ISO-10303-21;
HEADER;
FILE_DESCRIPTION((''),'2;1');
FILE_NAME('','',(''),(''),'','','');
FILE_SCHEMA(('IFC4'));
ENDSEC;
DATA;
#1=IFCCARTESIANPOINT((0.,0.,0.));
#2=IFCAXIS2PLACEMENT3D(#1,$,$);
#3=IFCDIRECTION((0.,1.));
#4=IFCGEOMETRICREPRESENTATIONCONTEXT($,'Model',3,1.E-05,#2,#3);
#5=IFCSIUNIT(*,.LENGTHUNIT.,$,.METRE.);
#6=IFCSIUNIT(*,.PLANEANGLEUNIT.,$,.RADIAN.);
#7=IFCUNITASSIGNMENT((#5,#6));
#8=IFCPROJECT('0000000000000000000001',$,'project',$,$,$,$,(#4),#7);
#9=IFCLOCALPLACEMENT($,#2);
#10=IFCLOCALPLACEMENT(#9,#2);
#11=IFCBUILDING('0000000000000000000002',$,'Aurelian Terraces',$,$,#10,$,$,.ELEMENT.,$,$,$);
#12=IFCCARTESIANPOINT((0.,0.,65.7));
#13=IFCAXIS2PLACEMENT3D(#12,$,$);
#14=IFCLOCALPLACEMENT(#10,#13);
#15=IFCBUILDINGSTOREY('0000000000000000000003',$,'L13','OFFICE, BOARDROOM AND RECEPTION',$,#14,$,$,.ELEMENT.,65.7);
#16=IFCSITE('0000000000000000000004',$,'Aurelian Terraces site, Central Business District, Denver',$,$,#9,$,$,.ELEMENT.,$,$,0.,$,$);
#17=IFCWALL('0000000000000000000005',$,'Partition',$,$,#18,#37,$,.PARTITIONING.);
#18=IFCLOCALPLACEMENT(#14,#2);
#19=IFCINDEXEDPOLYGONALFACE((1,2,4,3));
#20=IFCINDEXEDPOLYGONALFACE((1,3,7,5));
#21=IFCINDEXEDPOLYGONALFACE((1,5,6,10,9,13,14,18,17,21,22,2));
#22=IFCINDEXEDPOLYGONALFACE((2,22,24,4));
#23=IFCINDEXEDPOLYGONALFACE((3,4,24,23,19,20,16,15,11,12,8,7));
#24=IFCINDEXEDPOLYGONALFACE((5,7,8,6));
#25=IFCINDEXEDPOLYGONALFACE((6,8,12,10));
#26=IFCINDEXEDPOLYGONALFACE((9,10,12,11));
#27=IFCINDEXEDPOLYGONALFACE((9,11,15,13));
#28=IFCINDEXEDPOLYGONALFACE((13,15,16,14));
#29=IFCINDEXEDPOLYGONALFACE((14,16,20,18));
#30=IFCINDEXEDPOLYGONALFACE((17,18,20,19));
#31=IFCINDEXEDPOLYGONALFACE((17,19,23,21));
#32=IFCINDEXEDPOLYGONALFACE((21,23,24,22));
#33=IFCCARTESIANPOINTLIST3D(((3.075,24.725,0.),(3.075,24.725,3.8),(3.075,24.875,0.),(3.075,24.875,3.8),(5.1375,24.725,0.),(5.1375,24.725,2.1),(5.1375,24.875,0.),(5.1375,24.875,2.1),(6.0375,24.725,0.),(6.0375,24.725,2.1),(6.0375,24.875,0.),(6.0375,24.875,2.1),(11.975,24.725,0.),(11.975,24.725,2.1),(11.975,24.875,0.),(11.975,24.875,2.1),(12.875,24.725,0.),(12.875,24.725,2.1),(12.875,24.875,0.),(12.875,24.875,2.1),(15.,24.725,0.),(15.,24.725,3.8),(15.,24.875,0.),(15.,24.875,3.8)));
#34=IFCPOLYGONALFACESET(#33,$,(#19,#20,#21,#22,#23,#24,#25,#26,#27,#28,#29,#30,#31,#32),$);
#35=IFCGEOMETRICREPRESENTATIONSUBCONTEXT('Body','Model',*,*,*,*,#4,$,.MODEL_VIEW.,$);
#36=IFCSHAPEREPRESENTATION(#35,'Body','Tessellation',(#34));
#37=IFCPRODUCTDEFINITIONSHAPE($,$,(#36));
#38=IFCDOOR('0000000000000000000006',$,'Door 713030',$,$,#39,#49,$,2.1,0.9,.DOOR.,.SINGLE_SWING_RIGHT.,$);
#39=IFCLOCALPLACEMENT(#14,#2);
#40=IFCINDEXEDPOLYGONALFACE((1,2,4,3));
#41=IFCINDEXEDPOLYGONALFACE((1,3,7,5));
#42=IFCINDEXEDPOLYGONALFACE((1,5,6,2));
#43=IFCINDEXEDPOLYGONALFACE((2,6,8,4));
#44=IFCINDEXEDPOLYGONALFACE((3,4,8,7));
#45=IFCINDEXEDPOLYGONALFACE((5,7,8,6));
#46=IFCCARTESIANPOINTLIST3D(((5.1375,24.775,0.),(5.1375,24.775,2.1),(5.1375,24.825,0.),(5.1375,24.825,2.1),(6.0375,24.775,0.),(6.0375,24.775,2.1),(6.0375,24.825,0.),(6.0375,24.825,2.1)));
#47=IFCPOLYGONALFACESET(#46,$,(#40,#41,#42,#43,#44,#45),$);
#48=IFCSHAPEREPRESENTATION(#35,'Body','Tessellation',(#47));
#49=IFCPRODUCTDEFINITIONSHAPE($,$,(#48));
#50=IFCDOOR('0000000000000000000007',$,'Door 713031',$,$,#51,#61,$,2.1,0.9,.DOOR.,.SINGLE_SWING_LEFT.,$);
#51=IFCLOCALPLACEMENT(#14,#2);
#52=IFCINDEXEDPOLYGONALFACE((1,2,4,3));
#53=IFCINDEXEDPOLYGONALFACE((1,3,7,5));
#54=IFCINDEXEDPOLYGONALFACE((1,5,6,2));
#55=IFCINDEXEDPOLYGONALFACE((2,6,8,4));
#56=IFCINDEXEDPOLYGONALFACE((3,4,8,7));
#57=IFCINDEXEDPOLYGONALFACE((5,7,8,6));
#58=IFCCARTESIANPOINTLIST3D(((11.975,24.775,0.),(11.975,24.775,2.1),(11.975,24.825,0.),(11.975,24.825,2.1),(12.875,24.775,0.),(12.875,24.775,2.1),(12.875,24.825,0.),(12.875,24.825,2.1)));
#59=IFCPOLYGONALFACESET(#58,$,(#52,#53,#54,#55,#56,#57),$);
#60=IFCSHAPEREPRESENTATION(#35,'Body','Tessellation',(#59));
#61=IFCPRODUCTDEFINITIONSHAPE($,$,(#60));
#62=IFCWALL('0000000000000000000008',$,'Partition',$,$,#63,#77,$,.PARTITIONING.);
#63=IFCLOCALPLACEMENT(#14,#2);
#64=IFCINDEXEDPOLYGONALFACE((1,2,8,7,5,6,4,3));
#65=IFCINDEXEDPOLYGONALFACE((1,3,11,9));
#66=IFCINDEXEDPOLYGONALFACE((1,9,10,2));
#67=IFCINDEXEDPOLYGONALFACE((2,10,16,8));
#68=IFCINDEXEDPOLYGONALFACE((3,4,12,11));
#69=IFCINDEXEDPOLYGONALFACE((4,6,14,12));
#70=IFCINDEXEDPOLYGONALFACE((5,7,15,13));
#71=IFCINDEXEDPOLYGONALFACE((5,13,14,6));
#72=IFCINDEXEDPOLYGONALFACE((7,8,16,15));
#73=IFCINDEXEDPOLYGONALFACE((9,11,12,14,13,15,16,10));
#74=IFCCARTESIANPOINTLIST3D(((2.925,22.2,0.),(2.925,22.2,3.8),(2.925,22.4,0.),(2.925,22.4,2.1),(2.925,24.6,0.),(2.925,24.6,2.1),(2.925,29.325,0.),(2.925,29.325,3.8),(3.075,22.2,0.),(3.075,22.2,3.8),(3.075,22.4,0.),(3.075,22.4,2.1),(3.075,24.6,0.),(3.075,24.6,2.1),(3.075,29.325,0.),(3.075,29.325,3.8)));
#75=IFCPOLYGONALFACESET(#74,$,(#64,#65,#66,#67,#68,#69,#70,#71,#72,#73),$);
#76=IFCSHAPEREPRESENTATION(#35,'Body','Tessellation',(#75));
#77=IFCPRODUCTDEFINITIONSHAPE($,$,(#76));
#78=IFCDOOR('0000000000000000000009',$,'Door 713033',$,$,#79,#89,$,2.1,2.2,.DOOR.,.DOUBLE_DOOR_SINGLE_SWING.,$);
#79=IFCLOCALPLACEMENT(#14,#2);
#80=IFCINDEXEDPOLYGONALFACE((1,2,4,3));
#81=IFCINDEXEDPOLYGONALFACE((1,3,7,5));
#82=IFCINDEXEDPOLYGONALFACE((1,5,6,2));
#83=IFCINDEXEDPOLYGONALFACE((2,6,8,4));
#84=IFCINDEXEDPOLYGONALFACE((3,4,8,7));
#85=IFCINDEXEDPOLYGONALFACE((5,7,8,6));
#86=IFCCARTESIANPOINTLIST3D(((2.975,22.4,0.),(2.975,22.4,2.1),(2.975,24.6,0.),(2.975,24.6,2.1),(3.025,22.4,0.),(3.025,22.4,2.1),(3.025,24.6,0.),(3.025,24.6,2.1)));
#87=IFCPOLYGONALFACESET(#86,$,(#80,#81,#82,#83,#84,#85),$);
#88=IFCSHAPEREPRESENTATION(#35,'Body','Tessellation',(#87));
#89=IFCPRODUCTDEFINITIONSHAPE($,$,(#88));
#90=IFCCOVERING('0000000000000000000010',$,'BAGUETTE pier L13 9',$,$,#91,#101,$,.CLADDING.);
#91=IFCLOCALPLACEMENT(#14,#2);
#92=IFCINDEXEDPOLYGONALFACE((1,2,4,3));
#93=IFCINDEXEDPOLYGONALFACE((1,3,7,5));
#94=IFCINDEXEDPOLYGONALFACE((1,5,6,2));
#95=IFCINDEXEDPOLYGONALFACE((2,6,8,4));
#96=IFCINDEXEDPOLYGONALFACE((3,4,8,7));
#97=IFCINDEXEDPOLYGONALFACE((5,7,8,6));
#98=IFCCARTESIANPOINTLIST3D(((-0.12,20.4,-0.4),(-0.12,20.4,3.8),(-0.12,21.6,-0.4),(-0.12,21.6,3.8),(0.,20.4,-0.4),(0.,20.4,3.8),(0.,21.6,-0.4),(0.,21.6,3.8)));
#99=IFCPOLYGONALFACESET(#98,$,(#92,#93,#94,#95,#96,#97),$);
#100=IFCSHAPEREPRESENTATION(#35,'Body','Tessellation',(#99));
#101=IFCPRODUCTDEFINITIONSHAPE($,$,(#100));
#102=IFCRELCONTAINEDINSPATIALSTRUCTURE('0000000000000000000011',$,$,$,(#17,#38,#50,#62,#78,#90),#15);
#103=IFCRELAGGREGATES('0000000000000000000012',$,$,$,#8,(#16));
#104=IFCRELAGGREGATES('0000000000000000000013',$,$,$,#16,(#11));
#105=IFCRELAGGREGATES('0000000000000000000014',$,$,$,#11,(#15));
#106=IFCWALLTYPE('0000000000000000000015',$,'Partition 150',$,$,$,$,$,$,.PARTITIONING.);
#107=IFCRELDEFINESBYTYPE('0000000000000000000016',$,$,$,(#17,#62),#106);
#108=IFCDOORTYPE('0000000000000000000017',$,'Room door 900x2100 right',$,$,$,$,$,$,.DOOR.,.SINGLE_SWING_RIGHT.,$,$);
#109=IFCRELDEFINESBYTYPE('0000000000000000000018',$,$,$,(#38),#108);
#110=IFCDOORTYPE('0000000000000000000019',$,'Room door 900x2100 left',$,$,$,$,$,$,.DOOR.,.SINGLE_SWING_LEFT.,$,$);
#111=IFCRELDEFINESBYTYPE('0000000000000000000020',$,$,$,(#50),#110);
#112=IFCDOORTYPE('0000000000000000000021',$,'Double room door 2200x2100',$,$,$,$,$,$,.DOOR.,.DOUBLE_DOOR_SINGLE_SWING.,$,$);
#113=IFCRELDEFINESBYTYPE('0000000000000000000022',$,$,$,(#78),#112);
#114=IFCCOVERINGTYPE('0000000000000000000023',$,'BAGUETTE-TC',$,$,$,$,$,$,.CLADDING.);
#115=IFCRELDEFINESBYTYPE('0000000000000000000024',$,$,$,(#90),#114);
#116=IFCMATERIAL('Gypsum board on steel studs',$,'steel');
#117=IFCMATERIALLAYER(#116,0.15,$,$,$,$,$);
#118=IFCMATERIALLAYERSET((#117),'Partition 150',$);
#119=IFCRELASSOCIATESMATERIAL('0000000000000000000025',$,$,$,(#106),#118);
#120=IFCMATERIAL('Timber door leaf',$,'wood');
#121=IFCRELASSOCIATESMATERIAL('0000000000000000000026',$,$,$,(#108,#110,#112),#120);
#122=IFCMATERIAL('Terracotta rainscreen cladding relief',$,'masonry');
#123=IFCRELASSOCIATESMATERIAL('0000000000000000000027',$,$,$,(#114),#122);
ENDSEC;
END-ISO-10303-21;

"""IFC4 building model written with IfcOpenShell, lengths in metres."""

from ifc_helpers import new_model, si_unit, direction, frame, frame_2d, origin, origin_2d, place, context, subcontext, project, spatial, rectangle, extrude, source, transform, mapped, material, layer, layer_set, type_object, element, fill, save


model = new_model("IFC4")

# Units and contexts
model_context = context("Model", 3, precision=1e-05, world=origin(), true_north=direction((0.0, 1.0)))
body_context = subcontext(model_context, "Body", "Model", "MODEL_VIEW")
ifc_project = project(units=[si_unit("LENGTHUNIT", "METRE"), si_unit("PLANEANGLEUNIT", "RADIAN")], contexts=[model_context])

# Site, building, storey
site_placement = place(None, origin())
site = spatial("IfcSite", under=ifc_project, at=site_placement, Name="Aurelian Terraces site, Central Business District, Denver", CompositionType="ELEMENT", RefElevation=0.0)
building_placement = place(site_placement, origin())
building = spatial("IfcBuilding", under=site, at=building_placement, Name="Aurelian Terraces", CompositionType="ELEMENT")
storey_placement = place(building_placement, frame((0.0, 0.0, 65.7)))
storey = spatial("IfcBuildingStorey", under=building, at=storey_placement, Name="L13", Description="OFFICE, BOARDROOM AND RECEPTION", CompositionType="ELEMENT", Elevation=65.7)

# Wall, openings, doors
ifc_material_1 = material(Name="Gypsum board on steel studs", Category="steel")
ifc_layer_1 = layer(ifc_material_1, 0.15)
ifc_layer_set_1 = layer_set([ifc_layer_1], Name="Partition 150")
wall_type_1 = type_object("IfcWallType", Name="Partition 150", PredefinedType="PARTITIONING", material=ifc_layer_set_1)
shared_shape_1 = source(origin(), body_context, "Body", "SweptSolid", [
    extrude(rectangle(XDim=11.925, YDim=0.15, at=frame_2d((5.9625, 0.0))), origin(), (0.0, 0.0, 1.0), 3.8),
])
wall_1_placement = place(storey_placement, frame((3.075, 24.8, 0.0), z_axis=(0.0, 0.0, 1.0), x_axis=(1.0, 0.0, 0.0)))
wall_1 = element("IfcWall", 1, at=wall_1_placement, inside=storey, type_object=wall_type_1, Name="Partition", PredefinedType="PARTITIONING", context=body_context, shape_type="MappedRepresentation", body=[
    mapped(shared_shape_1, transform((0.0, 0.0, 0.0), scale=1.0)),
])
shared_shape_2 = source(origin(), body_context, "Body", "SweptSolid", [
    extrude(rectangle(XDim=0.9, YDim=2.1, at=frame_2d((0.45, 1.05))), frame((0.0, 0.085, 0.0), z_axis=(0.0, -1.0, 0.0), x_axis=(1.0, 0.0, 0.0)), (0.0, 0.0, 1.0), 0.17),
])
opening_1_placement = place(wall_1_placement, frame((2.0625, 0.0, 0.0)))
opening_1 = element("IfcOpeningElement", 2, at=opening_1_placement, cuts=wall_1, PredefinedType="OPENING", context=body_context, shape_type="MappedRepresentation", body=[
    mapped(shared_shape_2, transform((0.0, 0.0, 0.0), scale=1.0)),
])
opening_2_placement = place(wall_1_placement, frame((8.9, 0.0, 0.0)))
opening_2 = element("IfcOpeningElement", 3, at=opening_2_placement, cuts=wall_1, PredefinedType="OPENING", context=body_context, shape_type="MappedRepresentation", body=[
    mapped(shared_shape_2, transform((0.0, 0.0, 0.0), scale=1.0)),
])
ifc_material_2 = material(Name="Timber door leaf", Category="wood")
door_type_1 = type_object("IfcDoorType", Name="Room door 900x2100 right", OperationType="SINGLE_SWING_RIGHT", PredefinedType="DOOR", material=ifc_material_2)
shared_shape_3 = source(origin(), body_context, "Body", "SweptSolid", [
    extrude(rectangle(XDim=0.9, YDim=2.1, at=frame_2d((0.45, 1.05))), frame((0.0, 0.025, 0.0), z_axis=(0.0, -1.0, 0.0), x_axis=(1.0, 0.0, 0.0)), (0.0, 0.0, 1.0), 0.05),
])
door_1_placement = place(opening_1_placement, origin())
door_1 = element("IfcDoor", 4, at=door_1_placement, inside=storey, type_object=door_type_1, Name="Door 713030", OperationType="SINGLE_SWING_RIGHT", OverallHeight=2.1, OverallWidth=0.9, PredefinedType="DOOR", context=body_context, shape_type="MappedRepresentation", body=[
    mapped(shared_shape_3, transform((0.0, 0.0, 0.0), scale=1.0)),
])
fill(opening_1, door_1)
door_type_2 = type_object("IfcDoorType", Name="Room door 900x2100 left", OperationType="SINGLE_SWING_LEFT", PredefinedType="DOOR", material=ifc_material_2)
door_2_placement = place(opening_2_placement, origin())
door_2 = element("IfcDoor", 5, at=door_2_placement, inside=storey, type_object=door_type_2, Name="Door 713031", OperationType="SINGLE_SWING_LEFT", OverallHeight=2.1, OverallWidth=0.9, PredefinedType="DOOR", context=body_context, shape_type="MappedRepresentation", body=[
    mapped(shared_shape_3, transform((0.0, 0.0, 0.0), scale=1.0)),
])
fill(opening_2, door_2)

# Wall, opening, door
shared_shape_4 = source(origin(), body_context, "Body", "SweptSolid", [
    extrude(rectangle(XDim=7.125, YDim=0.15, at=frame_2d((3.5625, 0.0))), origin(), (0.0, 0.0, 1.0), 3.8),
])
wall_2_placement = place(storey_placement, frame((3.0, 29.325, 0.0), z_axis=(0.0, 0.0, 1.0), x_axis=(0.0, -1.0, 0.0)))
wall_2 = element("IfcWall", 6, at=wall_2_placement, inside=storey, type_object=wall_type_1, Name="Partition", PredefinedType="PARTITIONING", context=body_context, shape_type="MappedRepresentation", body=[
    mapped(shared_shape_4, transform((0.0, 0.0, 0.0), scale=1.0)),
])
opening_3_placement = place(wall_2_placement, frame((4.725, 0.0, 0.0)))
opening_3 = element("IfcOpeningElement", 7, at=opening_3_placement, cuts=wall_2, PredefinedType="OPENING", context=body_context, shape_type="SweptSolid", body=[
    extrude(rectangle(XDim=2.2, YDim=2.1, at=frame_2d((1.1, 1.05))), frame((0.0, 0.085, 0.0), z_axis=(0.0, -1.0, 0.0), x_axis=(1.0, 0.0, 0.0)), (0.0, 0.0, 1.0), 0.17),
])
door_type_3 = type_object("IfcDoorType", Name="Double room door 2200x2100", OperationType="DOUBLE_DOOR_SINGLE_SWING", PredefinedType="DOOR", material=ifc_material_2)
shared_shape_5 = source(origin(), body_context, "Body", "SweptSolid", [
    extrude(rectangle(XDim=2.2, YDim=2.1, at=frame_2d((1.1, 1.05))), frame((0.0, 0.025, 0.0), z_axis=(0.0, -1.0, 0.0), x_axis=(1.0, 0.0, 0.0)), (0.0, 0.0, 1.0), 0.05),
])
door_3_placement = place(opening_3_placement, origin())
door_3 = element("IfcDoor", 8, at=door_3_placement, inside=storey, type_object=door_type_3, Name="Door 713033", OperationType="DOUBLE_DOOR_SINGLE_SWING", OverallHeight=2.1, OverallWidth=2.2, PredefinedType="DOOR", context=body_context, shape_type="MappedRepresentation", body=[
    mapped(shared_shape_5, transform((0.0, 0.0, 0.0), scale=1.0)),
])
fill(opening_3, door_3)

# Covering
ifc_material_3 = material(Name="Terracotta rainscreen cladding relief", Category="masonry")
covering_type = type_object("IfcCoveringType", Name="BAGUETTE-TC", PredefinedType="CLADDING", material=ifc_material_3)
shared_shape_6 = source(origin(), body_context, "Body", "SweptSolid", [
    extrude(rectangle(XDim=0.12, YDim=1.2, at=origin_2d()), origin(), (0.0, 0.0, 1.0), 4.2),
])
covering_placement = place(storey_placement, frame((-0.06, 21.0, -0.4), z_axis=(0.0, 0.0, 1.0), x_axis=(1.0, 0.0, 0.0)))
element("IfcCovering", 9, at=covering_placement, inside=storey, type_object=covering_type, Name="BAGUETTE pier L13 9", PredefinedType="CLADDING", context=body_context, shape_type="MappedRepresentation", body=[
    mapped(shared_shape_6, transform((0.0, 0.0, 0.0), scale=1.0)),
])

save(model, "model.ifc")
